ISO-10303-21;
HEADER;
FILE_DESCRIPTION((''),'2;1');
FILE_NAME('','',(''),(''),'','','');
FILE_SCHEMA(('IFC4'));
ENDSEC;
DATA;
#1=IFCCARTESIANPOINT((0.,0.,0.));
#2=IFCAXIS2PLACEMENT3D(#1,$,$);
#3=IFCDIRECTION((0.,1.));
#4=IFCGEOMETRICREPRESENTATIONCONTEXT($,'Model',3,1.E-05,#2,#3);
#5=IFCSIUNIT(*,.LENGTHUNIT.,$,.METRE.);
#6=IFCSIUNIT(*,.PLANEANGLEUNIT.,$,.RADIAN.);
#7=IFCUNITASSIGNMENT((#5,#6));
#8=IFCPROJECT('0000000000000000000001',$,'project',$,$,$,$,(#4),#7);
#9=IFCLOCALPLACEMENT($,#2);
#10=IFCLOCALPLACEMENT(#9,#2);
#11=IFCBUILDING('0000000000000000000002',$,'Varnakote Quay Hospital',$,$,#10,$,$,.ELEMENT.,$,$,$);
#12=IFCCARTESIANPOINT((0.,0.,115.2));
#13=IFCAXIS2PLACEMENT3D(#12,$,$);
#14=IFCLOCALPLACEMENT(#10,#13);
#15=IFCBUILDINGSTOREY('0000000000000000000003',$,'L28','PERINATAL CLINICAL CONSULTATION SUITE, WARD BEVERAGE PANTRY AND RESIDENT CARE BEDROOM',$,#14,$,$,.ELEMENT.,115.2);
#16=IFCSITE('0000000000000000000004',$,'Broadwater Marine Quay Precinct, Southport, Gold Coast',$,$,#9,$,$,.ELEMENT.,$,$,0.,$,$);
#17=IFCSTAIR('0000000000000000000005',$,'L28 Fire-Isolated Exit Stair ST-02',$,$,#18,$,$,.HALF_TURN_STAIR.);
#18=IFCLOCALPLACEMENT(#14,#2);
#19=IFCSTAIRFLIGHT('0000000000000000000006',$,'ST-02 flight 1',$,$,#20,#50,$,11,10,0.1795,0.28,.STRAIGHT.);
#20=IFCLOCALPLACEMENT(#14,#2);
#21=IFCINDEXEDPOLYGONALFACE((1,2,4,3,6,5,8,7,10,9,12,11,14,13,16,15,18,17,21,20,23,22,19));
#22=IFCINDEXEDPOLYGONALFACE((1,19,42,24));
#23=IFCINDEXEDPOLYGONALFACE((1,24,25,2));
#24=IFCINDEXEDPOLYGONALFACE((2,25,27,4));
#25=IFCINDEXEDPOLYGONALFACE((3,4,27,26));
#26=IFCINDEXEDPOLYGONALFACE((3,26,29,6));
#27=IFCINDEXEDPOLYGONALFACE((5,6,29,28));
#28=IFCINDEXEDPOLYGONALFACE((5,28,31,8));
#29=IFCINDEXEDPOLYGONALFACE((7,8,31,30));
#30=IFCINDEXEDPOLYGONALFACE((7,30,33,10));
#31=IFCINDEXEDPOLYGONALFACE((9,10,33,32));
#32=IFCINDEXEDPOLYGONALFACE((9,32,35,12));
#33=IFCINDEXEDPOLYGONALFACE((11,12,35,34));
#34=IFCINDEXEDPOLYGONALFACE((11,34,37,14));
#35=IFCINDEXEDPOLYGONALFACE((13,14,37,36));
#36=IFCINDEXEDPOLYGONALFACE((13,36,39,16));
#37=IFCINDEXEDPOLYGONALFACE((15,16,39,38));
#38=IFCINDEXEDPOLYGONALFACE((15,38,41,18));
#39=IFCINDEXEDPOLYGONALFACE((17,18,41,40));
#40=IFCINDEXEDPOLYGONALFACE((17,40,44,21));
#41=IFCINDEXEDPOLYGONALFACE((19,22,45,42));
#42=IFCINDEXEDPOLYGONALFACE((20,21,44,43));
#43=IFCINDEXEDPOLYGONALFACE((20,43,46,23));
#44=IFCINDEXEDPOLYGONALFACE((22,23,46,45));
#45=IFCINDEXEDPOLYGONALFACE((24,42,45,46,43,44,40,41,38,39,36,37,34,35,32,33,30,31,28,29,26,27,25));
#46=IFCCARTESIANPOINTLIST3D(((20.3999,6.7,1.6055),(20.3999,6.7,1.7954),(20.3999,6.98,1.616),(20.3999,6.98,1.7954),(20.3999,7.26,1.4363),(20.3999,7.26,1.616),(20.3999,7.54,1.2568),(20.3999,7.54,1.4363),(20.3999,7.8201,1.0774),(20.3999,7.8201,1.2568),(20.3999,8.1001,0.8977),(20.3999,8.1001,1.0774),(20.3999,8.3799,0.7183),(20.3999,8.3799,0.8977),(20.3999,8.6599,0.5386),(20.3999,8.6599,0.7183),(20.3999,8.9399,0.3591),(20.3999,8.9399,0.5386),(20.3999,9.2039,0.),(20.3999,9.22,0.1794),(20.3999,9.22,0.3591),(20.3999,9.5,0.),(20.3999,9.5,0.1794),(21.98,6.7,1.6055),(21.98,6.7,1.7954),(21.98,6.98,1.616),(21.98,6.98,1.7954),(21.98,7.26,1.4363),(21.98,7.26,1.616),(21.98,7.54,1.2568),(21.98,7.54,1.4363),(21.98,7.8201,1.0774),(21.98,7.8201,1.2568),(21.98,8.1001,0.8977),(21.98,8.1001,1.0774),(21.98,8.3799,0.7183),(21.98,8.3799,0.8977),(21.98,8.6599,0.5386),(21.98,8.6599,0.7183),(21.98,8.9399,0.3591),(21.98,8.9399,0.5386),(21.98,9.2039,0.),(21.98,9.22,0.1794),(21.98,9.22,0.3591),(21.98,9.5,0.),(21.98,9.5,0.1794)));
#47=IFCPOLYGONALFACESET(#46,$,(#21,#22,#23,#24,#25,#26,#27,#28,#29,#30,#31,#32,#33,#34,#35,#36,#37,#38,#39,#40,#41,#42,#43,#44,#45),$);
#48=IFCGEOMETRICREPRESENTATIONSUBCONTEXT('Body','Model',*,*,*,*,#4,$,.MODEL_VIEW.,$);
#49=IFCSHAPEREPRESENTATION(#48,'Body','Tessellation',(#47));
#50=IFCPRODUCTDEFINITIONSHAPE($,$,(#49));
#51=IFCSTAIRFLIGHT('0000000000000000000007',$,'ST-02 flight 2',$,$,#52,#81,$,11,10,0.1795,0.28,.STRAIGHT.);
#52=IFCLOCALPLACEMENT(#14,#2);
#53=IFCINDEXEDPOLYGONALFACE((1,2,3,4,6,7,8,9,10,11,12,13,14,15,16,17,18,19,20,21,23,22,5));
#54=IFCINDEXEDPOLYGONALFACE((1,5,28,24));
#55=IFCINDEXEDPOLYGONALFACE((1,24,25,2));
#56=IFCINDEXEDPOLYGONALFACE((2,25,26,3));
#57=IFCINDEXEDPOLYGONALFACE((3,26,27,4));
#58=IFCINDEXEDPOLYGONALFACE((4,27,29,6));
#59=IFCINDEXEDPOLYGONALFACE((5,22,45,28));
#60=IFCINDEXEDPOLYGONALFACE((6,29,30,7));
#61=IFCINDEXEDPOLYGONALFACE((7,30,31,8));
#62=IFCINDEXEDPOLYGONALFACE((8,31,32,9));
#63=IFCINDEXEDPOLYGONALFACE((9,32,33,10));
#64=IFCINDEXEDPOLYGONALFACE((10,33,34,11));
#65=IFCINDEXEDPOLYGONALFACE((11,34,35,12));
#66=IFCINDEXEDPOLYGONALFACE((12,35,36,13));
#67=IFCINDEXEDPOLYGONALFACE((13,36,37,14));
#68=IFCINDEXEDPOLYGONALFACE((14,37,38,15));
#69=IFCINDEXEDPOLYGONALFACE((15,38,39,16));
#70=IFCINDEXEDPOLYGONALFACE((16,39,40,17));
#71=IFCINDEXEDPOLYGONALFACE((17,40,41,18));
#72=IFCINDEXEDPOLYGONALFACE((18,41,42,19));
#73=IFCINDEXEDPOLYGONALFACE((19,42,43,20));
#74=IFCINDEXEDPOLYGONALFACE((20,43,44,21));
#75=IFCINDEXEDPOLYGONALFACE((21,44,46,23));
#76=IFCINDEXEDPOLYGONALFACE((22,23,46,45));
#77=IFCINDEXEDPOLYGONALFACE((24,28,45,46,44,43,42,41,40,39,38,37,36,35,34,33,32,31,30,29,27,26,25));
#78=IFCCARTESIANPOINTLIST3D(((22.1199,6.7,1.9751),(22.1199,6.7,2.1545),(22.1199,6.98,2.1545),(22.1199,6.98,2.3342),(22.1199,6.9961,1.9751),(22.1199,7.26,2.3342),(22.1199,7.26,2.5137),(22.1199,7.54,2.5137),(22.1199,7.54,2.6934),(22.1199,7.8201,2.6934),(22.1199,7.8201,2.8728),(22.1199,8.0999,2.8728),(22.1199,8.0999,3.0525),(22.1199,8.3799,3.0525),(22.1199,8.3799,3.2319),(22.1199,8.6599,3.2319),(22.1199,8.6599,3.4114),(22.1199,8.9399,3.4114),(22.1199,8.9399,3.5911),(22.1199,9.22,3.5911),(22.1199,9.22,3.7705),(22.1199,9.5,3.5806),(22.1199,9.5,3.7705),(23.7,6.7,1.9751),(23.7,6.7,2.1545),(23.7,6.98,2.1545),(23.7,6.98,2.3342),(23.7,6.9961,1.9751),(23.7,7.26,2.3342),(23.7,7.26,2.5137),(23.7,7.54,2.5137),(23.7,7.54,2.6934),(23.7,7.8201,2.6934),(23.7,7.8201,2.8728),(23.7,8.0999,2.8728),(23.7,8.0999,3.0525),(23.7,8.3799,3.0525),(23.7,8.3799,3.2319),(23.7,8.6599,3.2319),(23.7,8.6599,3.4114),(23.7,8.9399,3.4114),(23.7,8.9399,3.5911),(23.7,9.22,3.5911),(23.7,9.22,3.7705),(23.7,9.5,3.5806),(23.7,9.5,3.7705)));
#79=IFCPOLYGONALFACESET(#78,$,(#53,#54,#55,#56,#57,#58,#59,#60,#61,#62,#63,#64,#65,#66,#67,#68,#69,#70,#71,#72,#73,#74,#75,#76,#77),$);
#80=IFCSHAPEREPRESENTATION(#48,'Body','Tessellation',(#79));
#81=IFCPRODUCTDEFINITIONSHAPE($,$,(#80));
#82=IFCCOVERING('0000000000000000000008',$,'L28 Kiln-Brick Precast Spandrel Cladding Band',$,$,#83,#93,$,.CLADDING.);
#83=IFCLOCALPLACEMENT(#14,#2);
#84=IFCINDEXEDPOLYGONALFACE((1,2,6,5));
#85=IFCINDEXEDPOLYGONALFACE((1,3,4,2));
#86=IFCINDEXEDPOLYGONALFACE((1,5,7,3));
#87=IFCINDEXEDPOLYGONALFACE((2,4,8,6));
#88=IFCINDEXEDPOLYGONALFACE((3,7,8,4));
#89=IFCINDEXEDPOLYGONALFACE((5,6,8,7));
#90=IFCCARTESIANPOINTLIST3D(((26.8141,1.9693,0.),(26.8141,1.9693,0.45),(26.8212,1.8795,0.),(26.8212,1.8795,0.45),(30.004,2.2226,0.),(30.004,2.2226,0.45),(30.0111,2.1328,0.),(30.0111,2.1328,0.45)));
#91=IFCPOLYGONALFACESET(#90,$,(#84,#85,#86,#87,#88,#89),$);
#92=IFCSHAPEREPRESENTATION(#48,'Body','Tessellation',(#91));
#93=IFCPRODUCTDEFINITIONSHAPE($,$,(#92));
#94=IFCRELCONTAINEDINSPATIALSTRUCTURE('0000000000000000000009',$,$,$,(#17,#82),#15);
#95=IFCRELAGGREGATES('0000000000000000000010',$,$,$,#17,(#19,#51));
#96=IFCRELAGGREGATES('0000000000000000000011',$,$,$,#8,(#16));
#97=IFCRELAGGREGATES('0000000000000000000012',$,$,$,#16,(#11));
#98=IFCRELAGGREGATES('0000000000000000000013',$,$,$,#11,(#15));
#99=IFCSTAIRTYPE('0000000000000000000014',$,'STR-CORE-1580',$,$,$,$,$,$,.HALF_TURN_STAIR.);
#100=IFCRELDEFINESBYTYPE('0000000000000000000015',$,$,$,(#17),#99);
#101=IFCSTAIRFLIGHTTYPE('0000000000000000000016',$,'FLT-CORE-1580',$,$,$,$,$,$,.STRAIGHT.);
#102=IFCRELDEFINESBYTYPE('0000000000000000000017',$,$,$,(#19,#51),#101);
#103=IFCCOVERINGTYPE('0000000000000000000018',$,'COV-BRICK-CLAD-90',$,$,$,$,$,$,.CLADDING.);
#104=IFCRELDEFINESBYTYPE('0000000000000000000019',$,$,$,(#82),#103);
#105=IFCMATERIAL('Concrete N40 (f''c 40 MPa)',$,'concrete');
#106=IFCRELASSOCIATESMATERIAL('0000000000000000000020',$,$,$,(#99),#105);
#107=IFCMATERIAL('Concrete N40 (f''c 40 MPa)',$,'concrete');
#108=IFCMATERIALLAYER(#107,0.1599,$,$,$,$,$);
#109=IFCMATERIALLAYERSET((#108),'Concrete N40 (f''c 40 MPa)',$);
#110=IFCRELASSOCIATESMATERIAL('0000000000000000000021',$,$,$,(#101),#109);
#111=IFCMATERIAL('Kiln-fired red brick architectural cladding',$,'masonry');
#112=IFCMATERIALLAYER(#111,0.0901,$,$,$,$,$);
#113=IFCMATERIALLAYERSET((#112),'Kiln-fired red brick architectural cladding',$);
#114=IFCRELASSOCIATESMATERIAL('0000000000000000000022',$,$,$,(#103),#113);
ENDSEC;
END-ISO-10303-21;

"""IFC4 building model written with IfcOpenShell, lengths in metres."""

from ifc_helpers import new_model, si_unit, direction, frame, origin, origin_2d, place, context, subcontext, project, spatial, polyline, rectangle, outline, extrude, material, layer, layer_set, type_object, element, aggregate, save


model = new_model("IFC4")

# Units and contexts
model_context = context("Model", 3, precision=1e-05, world=origin(), true_north=direction((0.0, 1.0)))
body_context = subcontext(model_context, "Body", "Model", "MODEL_VIEW")
ifc_project = project(units=[si_unit("LENGTHUNIT", "METRE"), si_unit("PLANEANGLEUNIT", "RADIAN")], contexts=[model_context])

# Site, building, storey
site_placement = place(None, origin())
site = spatial("IfcSite", under=ifc_project, at=site_placement, Name="Broadwater Marine Quay Precinct, Southport, Gold Coast", CompositionType="ELEMENT", RefElevation=0.0)
building_placement = place(site_placement, origin())
building = spatial("IfcBuilding", under=site, at=building_placement, Name="Varnakote Quay Hospital", CompositionType="ELEMENT")
storey_placement = place(building_placement, frame((0.0, 0.0, 115.2)))
storey = spatial("IfcBuildingStorey", under=building, at=storey_placement, Name="L28", Description="PERINATAL CLINICAL CONSULTATION SUITE, WARD BEVERAGE PANTRY AND RESIDENT CARE BEDROOM", CompositionType="ELEMENT", Elevation=115.2)

# Stair, stair flights
ifc_material_1 = material(Name="Concrete N40 (f'c 40 MPa)", Category="concrete")
stair_type = type_object("IfcStairType", Name="STR-CORE-1580", PredefinedType="HALF_TURN_STAIR", material=ifc_material_1)
stair_placement = place(storey_placement, origin())
stair = element("IfcStair", 1, at=stair_placement, inside=storey, type_object=stair_type, Name="L28 Fire-Isolated Exit Stair ST-02", PredefinedType="HALF_TURN_STAIR")
ifc_material_2 = material(Name="Concrete N40 (f'c 40 MPa)", Category="concrete")
ifc_layer_1 = layer(ifc_material_2, 0.1599)
ifc_layer_set_1 = layer_set([ifc_layer_1], Name="Concrete N40 (f'c 40 MPa)")
stair_flight_type = type_object("IfcStairFlightType", Name="FLT-CORE-1580", PredefinedType="STRAIGHT", material=ifc_layer_set_1)
stair_flight_1_placement = place(storey_placement, frame((21.1899, 9.5, 0.0), z_axis=(0.0, 0.0, 1.0), x_axis=(0.0, -1.0, 0.0)))
stair_flight_1 = element("IfcStairFlight", 2, at=stair_flight_1_placement, type_object=stair_flight_type, Name="ST-02 flight 1", NumberOfRisers=11, NumberOfTreads=10, PredefinedType="STRAIGHT", RiserHeight=0.1795, TreadLength=0.28, context=body_context, shape_type="SweptSolid", body=[
    extrude(outline(polyline([(0.0, 0.0), (0.0, 0.1794), (0.28, 0.1794), (0.28, 0.3591), (0.5601, 0.3591), (0.5601, 0.5386), (0.8401, 0.5386), (0.8401, 0.7183), (1.1201, 0.7183), (1.1201, 0.8977), (1.3999, 0.8977), (1.3999, 1.0774), (1.6799, 1.0774), (1.6799, 1.2568), (1.96, 1.2568), (1.96, 1.4363), (2.24, 1.4363), (2.24, 1.616), (2.52, 1.616), (2.52, 1.7954), (2.8, 1.7954), (2.8, 1.9751), (2.8, 1.6055), (0.2961, 0.0), (0.0, 0.0)])), frame((0.0, 0.79, 0.0), z_axis=(0.0, -1.0, 0.0), x_axis=(1.0, 0.0, 0.0)), (0.0, 0.0, 1.0), 1.5801),
])
stair_flight_2_placement = place(storey_placement, frame((22.9099, 6.7, 1.9751), z_axis=(0.0, 0.0, 1.0), x_axis=(0.0, 1.0, 0.0)))
stair_flight_2 = element("IfcStairFlight", 3, at=stair_flight_2_placement, type_object=stair_flight_type, Name="ST-02 flight 2", NumberOfRisers=11, NumberOfTreads=10, PredefinedType="STRAIGHT", RiserHeight=0.1795, TreadLength=0.28, context=body_context, shape_type="SweptSolid", body=[
    extrude(outline(polyline([(0.0, 0.0), (0.0, 0.1794), (0.28, 0.1794), (0.28, 0.3591), (0.5601, 0.3591), (0.5601, 0.5386), (0.8401, 0.5386), (0.8401, 0.7183), (1.1201, 0.7183), (1.1201, 0.8977), (1.3999, 0.8977), (1.3999, 1.0774), (1.6799, 1.0774), (1.6799, 1.2568), (1.96, 1.2568), (1.96, 1.4363), (2.24, 1.4363), (2.24, 1.616), (2.52, 1.616), (2.52, 1.7954), (2.8, 1.7954), (2.8, 1.9751), (2.8, 1.6055), (0.2961, 0.0), (0.0, 0.0)])), frame((0.0, 0.79, 0.0), z_axis=(0.0, -1.0, 0.0), x_axis=(1.0, 0.0, 0.0)), (0.0, 0.0, 1.0), 1.5801),
])
aggregate(stair, [stair_flight_1, stair_flight_2])

# Covering
ifc_material_3 = material(Name="Kiln-fired red brick architectural cladding", Category="masonry")
ifc_layer_2 = layer(ifc_material_3, 0.0901)
ifc_layer_set_2 = layer_set([ifc_layer_2], Name="Kiln-fired red brick architectural cladding")
covering_type = type_object("IfcCoveringType", Name="COV-BRICK-CLAD-90", PredefinedType="CLADDING", material=ifc_layer_set_2)
covering_placement = place(storey_placement, frame((28.4126, 2.051, 0.0), z_axis=(0.0, 0.0, 1.0), x_axis=(0.996862, 0.079155, 0.0)))
element("IfcCovering", 4, at=covering_placement, inside=storey, type_object=covering_type, Name="L28 Kiln-Brick Precast Spandrel Cladding Band", PredefinedType="CLADDING", context=body_context, shape_type="SweptSolid", body=[
    extrude(rectangle(XDim=3.2, YDim=0.0901, at=origin_2d()), origin(), (0.0, 0.0, 1.0), 0.45),
])

save(model, "model.ifc")
